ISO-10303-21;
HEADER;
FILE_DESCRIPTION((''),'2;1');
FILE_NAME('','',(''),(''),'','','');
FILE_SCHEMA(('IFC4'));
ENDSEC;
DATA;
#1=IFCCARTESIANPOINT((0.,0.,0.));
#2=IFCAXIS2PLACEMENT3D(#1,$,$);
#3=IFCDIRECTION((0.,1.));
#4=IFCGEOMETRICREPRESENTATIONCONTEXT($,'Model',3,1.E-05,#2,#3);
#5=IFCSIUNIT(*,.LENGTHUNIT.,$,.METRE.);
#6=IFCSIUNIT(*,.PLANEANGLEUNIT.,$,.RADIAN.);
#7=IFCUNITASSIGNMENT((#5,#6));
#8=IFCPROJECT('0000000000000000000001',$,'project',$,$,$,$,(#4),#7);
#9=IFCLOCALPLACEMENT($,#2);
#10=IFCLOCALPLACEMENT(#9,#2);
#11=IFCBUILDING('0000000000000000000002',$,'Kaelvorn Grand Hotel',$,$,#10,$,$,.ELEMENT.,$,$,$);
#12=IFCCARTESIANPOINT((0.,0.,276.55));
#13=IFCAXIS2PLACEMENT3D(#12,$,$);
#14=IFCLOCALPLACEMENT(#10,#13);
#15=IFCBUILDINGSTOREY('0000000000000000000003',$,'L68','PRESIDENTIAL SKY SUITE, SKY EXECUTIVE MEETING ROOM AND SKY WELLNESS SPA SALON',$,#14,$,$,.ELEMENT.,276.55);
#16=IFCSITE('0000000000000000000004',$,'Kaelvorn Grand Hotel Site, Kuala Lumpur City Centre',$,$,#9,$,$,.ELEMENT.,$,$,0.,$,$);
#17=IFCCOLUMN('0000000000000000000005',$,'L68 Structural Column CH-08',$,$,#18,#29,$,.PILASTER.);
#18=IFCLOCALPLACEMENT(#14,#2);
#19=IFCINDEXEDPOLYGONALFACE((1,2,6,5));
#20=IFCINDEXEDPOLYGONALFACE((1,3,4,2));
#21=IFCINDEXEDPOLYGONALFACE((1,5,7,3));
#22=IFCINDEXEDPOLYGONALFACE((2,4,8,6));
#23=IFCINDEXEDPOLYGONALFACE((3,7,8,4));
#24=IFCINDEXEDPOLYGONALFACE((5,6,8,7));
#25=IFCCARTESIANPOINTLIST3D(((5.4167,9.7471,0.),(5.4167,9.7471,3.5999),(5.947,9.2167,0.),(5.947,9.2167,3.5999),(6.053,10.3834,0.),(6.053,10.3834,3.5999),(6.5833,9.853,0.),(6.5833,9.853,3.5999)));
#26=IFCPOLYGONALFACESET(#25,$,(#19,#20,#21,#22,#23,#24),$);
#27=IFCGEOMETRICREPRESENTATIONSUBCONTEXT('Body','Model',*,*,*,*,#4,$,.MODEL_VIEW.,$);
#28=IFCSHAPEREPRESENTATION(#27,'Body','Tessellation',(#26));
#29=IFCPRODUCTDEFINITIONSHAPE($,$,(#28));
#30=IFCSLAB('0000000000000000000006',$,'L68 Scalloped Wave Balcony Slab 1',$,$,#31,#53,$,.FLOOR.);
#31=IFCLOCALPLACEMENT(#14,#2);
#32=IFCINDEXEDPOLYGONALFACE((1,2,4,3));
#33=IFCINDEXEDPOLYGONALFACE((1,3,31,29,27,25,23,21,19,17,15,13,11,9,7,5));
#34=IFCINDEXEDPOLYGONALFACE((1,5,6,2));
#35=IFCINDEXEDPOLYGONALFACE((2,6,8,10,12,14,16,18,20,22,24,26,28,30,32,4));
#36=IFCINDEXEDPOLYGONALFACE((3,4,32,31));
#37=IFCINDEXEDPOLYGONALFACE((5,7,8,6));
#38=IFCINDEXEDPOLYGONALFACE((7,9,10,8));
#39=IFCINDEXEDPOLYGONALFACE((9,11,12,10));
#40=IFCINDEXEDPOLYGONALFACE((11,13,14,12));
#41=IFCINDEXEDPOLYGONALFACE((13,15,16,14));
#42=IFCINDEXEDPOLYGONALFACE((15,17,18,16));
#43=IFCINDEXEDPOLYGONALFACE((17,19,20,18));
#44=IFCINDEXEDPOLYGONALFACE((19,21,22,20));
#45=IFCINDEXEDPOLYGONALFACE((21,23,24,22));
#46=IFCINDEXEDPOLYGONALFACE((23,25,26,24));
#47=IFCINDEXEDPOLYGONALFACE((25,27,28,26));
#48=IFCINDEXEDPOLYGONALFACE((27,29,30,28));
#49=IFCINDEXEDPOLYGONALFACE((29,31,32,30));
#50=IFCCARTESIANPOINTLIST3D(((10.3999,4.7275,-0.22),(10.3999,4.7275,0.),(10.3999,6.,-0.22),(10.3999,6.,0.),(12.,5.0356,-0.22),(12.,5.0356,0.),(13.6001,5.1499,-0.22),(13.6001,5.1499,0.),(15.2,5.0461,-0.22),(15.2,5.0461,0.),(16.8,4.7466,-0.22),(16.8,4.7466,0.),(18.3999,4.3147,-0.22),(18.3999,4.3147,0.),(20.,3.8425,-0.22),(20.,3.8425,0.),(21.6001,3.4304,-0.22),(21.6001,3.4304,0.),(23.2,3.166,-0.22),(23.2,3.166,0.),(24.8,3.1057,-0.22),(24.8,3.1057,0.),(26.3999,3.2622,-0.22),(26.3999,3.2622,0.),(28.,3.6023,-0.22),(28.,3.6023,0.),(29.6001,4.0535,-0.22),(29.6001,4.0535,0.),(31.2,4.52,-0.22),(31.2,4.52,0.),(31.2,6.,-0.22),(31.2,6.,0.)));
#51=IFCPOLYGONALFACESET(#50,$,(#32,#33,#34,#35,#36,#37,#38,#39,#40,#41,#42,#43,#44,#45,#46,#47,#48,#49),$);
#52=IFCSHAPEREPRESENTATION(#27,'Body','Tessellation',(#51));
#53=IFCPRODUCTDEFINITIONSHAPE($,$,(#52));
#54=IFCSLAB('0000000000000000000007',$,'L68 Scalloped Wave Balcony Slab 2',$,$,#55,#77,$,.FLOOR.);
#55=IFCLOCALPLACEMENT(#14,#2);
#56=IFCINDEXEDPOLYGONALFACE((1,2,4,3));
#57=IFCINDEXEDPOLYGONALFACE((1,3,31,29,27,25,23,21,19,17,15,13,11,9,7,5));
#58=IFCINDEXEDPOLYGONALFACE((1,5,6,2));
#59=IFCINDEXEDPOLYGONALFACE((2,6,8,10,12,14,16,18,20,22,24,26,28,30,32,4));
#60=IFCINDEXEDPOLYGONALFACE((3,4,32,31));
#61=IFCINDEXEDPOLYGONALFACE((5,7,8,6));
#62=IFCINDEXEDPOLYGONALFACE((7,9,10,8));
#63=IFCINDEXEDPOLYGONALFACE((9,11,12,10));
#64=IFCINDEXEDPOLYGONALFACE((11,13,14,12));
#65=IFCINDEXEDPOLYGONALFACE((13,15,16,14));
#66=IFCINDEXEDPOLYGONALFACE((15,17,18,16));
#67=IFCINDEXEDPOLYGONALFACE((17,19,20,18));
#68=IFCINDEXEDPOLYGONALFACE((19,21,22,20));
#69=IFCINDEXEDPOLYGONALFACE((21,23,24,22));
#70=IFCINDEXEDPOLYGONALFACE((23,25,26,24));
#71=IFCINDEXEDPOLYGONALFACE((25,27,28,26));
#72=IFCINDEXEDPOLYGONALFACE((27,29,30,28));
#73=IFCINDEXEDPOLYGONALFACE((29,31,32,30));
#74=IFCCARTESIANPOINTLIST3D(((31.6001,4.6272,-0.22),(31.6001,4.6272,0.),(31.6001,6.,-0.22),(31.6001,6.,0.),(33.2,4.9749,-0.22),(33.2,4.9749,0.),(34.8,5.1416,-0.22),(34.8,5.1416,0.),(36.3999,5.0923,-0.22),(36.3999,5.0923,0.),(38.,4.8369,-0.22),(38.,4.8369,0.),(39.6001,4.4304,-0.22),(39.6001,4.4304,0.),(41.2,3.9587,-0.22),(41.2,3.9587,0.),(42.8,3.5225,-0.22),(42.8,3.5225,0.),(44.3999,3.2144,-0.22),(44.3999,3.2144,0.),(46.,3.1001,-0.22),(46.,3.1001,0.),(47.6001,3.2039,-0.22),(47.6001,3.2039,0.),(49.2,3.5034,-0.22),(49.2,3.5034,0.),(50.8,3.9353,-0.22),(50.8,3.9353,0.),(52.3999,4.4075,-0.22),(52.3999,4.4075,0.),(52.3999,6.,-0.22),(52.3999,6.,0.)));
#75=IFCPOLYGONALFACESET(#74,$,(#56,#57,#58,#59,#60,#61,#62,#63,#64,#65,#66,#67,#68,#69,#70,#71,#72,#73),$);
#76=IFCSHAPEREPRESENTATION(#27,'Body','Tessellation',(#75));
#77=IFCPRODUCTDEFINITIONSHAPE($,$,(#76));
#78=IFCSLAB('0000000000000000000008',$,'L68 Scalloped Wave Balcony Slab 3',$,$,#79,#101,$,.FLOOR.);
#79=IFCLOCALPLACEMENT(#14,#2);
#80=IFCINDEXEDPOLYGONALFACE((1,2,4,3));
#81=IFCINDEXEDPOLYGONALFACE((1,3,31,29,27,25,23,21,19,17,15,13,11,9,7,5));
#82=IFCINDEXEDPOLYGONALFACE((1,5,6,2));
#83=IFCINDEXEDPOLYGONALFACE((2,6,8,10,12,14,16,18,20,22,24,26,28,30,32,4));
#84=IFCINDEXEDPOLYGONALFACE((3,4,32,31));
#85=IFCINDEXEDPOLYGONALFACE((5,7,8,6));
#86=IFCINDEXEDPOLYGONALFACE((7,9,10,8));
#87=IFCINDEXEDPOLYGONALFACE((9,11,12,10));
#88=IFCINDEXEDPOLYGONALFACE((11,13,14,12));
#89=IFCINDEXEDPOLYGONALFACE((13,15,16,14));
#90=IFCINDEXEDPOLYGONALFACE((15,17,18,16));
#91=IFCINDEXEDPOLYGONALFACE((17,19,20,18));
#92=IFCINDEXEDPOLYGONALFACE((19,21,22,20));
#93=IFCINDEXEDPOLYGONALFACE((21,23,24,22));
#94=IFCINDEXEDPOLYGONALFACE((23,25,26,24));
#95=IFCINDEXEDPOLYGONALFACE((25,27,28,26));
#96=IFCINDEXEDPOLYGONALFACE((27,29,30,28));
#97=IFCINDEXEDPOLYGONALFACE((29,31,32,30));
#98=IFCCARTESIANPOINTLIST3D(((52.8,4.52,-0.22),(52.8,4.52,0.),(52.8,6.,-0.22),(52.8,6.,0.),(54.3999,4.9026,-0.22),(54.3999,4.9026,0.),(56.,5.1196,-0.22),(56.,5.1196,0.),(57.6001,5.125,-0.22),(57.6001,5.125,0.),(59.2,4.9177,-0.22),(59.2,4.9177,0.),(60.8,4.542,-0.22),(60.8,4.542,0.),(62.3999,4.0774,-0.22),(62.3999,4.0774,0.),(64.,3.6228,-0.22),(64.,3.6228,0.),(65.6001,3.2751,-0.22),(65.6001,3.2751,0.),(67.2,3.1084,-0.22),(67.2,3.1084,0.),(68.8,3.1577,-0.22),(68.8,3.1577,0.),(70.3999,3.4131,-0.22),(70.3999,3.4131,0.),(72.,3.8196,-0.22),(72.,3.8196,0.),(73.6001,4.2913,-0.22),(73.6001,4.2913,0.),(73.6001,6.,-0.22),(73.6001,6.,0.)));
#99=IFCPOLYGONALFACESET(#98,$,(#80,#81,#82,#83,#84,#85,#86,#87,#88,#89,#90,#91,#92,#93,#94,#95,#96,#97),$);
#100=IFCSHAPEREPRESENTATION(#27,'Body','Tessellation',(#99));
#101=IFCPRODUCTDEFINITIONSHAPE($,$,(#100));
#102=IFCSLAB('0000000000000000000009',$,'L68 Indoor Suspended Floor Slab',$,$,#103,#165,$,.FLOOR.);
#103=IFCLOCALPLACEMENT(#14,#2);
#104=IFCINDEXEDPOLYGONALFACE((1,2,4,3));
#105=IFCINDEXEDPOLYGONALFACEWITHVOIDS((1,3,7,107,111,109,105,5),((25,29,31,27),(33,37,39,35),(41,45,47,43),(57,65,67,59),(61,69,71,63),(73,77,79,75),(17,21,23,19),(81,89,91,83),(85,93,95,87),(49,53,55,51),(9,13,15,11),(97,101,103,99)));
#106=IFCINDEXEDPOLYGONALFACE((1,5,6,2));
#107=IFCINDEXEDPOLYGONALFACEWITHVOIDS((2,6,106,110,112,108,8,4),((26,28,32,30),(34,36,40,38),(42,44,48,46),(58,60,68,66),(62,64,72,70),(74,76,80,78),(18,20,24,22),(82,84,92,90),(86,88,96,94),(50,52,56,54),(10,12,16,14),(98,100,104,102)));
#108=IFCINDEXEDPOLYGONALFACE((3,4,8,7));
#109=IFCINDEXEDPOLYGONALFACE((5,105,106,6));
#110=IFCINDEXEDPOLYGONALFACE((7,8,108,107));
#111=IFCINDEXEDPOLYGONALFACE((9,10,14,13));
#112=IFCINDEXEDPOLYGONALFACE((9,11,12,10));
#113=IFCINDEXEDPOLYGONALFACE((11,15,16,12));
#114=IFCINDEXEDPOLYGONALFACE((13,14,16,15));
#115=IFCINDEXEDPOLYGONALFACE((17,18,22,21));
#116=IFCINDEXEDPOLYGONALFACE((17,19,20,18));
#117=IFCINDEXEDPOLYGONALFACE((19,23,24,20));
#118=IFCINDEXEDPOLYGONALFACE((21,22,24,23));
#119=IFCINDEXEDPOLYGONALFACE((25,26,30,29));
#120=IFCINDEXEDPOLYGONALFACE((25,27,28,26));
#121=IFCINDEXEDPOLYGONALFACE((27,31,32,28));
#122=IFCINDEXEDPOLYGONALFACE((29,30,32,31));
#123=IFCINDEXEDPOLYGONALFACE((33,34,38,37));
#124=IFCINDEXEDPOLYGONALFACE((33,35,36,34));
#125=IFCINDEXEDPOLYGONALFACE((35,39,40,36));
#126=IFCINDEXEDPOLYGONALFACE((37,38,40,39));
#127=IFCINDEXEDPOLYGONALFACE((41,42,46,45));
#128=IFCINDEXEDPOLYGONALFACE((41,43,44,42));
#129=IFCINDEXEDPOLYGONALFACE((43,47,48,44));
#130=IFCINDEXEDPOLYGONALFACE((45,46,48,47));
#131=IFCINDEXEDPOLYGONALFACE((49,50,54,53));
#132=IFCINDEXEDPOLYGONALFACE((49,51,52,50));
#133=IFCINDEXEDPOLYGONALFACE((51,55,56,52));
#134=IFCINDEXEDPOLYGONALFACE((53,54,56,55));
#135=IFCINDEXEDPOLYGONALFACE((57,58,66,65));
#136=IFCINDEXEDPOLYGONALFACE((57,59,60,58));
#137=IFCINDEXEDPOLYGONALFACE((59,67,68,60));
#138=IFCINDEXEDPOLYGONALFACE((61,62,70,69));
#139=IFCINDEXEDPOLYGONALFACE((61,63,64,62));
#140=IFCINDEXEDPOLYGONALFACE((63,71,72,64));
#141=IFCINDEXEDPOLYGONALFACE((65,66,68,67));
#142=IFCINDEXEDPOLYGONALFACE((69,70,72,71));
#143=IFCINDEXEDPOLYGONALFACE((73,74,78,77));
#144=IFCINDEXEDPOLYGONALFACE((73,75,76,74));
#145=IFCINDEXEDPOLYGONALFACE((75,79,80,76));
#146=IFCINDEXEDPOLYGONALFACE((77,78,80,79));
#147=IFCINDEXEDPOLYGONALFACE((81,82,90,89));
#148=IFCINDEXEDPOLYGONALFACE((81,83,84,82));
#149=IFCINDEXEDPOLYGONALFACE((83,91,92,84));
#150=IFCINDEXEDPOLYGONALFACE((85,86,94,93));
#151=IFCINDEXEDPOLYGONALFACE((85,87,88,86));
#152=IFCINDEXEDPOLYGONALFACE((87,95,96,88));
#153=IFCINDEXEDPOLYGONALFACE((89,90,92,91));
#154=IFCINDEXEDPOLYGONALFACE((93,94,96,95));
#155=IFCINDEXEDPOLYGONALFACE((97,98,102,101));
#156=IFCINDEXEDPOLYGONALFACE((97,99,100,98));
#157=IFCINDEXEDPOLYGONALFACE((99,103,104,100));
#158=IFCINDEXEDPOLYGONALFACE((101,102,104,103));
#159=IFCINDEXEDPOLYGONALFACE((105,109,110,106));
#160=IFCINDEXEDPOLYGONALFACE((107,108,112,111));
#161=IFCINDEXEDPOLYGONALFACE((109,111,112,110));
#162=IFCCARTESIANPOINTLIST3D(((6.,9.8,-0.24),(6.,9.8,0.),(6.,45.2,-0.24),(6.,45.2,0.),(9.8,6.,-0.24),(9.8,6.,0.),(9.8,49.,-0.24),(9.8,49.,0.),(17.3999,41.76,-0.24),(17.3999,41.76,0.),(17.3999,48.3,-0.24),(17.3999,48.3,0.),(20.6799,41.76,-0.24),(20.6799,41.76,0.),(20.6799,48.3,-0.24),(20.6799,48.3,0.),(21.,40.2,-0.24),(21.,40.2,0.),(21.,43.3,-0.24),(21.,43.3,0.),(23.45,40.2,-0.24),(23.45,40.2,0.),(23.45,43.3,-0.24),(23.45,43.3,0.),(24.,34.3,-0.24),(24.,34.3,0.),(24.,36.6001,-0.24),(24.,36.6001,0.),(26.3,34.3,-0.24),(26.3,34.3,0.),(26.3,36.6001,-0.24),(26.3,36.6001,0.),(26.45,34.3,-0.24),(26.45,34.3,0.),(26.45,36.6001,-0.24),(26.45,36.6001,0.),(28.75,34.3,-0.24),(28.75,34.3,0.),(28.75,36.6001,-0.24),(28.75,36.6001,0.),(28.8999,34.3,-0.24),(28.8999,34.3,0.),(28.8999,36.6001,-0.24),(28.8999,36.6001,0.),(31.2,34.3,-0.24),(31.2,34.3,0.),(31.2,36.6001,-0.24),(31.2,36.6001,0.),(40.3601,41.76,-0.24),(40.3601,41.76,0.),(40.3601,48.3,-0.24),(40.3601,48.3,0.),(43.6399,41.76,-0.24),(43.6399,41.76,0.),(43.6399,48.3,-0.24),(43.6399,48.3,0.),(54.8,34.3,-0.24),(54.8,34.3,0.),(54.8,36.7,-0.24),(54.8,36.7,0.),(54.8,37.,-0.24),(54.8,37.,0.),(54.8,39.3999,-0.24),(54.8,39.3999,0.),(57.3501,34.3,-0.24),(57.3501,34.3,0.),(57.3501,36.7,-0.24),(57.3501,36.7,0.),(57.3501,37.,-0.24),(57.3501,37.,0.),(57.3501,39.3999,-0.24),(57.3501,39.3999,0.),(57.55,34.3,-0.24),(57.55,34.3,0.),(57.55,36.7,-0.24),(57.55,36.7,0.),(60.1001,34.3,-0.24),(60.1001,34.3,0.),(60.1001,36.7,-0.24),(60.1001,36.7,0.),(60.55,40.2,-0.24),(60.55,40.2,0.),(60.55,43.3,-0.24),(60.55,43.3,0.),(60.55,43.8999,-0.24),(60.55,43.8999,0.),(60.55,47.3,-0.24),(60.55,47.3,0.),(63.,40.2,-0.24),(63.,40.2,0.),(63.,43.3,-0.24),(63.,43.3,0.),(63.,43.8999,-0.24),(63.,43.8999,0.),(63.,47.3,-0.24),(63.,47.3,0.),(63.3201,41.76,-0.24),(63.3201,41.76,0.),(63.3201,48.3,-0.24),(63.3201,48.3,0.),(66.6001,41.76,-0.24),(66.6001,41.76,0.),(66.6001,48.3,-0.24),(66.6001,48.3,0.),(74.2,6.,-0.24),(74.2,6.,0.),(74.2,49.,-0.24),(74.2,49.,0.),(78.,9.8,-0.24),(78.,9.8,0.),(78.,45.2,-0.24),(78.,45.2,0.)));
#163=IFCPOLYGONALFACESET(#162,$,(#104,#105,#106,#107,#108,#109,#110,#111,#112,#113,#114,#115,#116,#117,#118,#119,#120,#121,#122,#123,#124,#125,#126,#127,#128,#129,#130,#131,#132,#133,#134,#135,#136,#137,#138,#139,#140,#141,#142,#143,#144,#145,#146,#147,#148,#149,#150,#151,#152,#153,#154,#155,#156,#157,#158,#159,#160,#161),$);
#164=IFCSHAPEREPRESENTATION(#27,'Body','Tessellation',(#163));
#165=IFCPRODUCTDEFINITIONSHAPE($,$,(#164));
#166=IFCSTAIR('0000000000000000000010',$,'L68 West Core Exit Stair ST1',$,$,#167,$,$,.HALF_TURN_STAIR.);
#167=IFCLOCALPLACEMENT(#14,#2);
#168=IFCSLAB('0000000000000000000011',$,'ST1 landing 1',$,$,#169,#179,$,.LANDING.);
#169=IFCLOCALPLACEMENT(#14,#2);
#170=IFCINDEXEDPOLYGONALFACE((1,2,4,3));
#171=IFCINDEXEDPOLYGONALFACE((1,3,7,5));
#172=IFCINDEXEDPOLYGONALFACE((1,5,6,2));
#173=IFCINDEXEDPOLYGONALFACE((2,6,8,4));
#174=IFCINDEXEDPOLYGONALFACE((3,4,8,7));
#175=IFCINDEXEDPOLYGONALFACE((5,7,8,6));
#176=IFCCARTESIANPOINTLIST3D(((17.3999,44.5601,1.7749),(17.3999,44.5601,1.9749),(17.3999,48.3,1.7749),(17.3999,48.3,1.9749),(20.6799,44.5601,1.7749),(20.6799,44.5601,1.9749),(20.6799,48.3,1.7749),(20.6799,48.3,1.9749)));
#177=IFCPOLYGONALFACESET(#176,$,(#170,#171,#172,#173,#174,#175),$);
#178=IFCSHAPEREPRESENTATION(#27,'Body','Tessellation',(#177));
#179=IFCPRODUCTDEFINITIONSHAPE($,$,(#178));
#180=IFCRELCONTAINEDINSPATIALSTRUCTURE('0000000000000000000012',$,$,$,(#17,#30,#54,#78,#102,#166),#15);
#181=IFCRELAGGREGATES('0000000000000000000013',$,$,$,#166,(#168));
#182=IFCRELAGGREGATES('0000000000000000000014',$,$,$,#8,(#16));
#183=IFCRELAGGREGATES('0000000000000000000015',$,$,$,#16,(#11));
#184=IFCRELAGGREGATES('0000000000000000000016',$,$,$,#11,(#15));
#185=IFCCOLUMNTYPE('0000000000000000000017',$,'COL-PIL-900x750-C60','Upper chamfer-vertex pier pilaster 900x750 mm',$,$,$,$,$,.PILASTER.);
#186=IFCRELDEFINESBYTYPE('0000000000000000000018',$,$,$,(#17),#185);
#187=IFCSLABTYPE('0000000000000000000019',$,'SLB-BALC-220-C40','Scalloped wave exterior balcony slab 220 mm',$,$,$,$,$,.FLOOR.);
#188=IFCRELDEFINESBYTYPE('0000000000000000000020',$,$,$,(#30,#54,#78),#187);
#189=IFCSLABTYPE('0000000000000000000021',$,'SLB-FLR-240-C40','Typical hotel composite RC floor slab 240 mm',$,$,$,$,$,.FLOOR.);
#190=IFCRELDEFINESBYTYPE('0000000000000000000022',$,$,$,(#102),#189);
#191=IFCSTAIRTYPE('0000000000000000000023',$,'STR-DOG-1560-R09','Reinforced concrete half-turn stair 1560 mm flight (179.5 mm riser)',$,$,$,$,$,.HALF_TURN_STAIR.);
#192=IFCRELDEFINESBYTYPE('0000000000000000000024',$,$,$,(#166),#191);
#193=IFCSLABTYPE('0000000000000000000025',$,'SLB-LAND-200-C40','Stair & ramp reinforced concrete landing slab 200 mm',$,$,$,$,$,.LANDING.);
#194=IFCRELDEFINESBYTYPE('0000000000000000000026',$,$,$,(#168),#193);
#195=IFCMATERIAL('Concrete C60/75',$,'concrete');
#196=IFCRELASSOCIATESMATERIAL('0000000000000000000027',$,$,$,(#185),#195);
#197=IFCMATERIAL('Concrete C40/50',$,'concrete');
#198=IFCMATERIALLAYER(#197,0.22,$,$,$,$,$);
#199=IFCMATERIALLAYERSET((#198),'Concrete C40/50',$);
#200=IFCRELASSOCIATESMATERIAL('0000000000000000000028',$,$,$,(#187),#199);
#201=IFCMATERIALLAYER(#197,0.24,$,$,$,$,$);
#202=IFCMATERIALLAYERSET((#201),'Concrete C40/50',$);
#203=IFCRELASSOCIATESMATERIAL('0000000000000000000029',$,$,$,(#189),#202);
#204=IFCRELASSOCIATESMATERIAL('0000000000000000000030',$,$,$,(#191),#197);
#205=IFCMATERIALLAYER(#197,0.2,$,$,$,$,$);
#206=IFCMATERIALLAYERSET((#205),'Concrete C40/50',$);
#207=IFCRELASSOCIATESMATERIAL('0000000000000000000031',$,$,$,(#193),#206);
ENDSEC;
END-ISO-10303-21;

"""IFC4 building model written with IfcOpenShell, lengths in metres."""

from ifc_helpers import new_model, si_unit, direction, frame, origin, origin_2d, place, context, subcontext, project, spatial, polyline, rectangle, outline, extrude, material, layer, layer_set, material_profile, profile_set, type_object, element, aggregate, save


model = new_model("IFC4")

# Units and contexts
model_context = context("Model", 3, precision=1e-05, world=origin(), true_north=direction((0.0, 1.0)))
body_context = subcontext(model_context, "Body", "Model", "MODEL_VIEW")
ifc_project = project(units=[si_unit("LENGTHUNIT", "METRE"), si_unit("PLANEANGLEUNIT", "RADIAN")], contexts=[model_context])

# Site, building, storey
site_placement = place(None, origin())
site = spatial("IfcSite", under=ifc_project, at=site_placement, Name="Kaelvorn Grand Hotel Site, Kuala Lumpur City Centre", CompositionType="ELEMENT", RefElevation=0.0)
building_placement = place(site_placement, origin())
building = spatial("IfcBuilding", under=site, at=building_placement, Name="Kaelvorn Grand Hotel", CompositionType="ELEMENT")
storey_placement = place(building_placement, frame((0.0, 0.0, 276.55)))
storey = spatial("IfcBuildingStorey", under=building, at=storey_placement, Name="L68", Description="PRESIDENTIAL SKY SUITE, SKY EXECUTIVE MEETING ROOM AND SKY WELLNESS SPA SALON", CompositionType="ELEMENT", Elevation=276.55)

# Column
ifc_material_1 = material(Name="Concrete C60/75", Category="concrete")
ifc_material_profile = material_profile(ifc_material_1, rectangle(XDim=0.8999, YDim=0.75, at=origin_2d()), Name="RC PILASTER 900x750")
ifc_profile_set = profile_set([ifc_material_profile], Name="Concrete C60/75")
column_type = type_object("IfcColumnType", Name="COL-PIL-900x750-C60", Description="Upper chamfer-vertex pier pilaster 900x750 mm", PredefinedType="PILASTER", material=ifc_profile_set)
column_placement = place(storey_placement, frame((6.0, 9.8, 0.0), z_axis=(0.0, 0.0, 1.0), x_axis=(0.707107, 0.707107, 0.0)))
element("IfcColumn", 1, at=column_placement, inside=storey, type_object=column_type, Name="L68 Structural Column CH-08", PredefinedType="PILASTER", context=body_context, shape_type="SweptSolid", body=[
    extrude(rectangle(XDim=0.8999, YDim=0.75, at=origin_2d()), origin(), (0.0, 0.0, 1.0), 3.5999),
])

# Slabs
ifc_material_2 = material(Name="Concrete C40/50", Category="concrete")
ifc_layer_1 = layer(ifc_material_2, 0.22)
ifc_layer_set_1 = layer_set([ifc_layer_1], Name="Concrete C40/50")
slab_type_1 = type_object("IfcSlabType", Name="SLB-BALC-220-C40", Description="Scalloped wave exterior balcony slab 220 mm", PredefinedType="FLOOR", material=ifc_layer_set_1)
slab_1_placement = place(storey_placement, frame((0.0, 0.0, -0.22)))
element("IfcSlab", 2, at=slab_1_placement, inside=storey, type_object=slab_type_1, Name="L68 Scalloped Wave Balcony Slab 1", PredefinedType="FLOOR", context=body_context, shape_type="SweptSolid", body=[
    extrude(outline(polyline([(10.3999, 4.7275), (12.0, 5.0356), (13.6001, 5.1499), (15.2, 5.0461), (16.8, 4.7466), (18.3999, 4.3147), (20.0, 3.8425), (21.6001, 3.4304), (23.2, 3.166), (24.8, 3.1057), (26.3999, 3.2622), (28.0, 3.6023), (29.6001, 4.0535), (31.2, 4.52), (31.2, 6.0), (10.3999, 6.0), (10.3999, 4.7275)])), origin(), (0.0, 0.0, 1.0), 0.22),
])
slab_2_placement = place(storey_placement, frame((0.0, 0.0, -0.22)))
element("IfcSlab", 3, at=slab_2_placement, inside=storey, type_object=slab_type_1, Name="L68 Scalloped Wave Balcony Slab 2", PredefinedType="FLOOR", context=body_context, shape_type="SweptSolid", body=[
    extrude(outline(polyline([(31.6001, 4.6272), (33.2, 4.9749), (34.8, 5.1416), (36.3999, 5.0923), (38.0, 4.8369), (39.6001, 4.4304), (41.2, 3.9587), (42.8, 3.5225), (44.3999, 3.2144), (46.0, 3.1001), (47.6001, 3.2039), (49.2, 3.5034), (50.8, 3.9353), (52.3999, 4.4075), (52.3999, 6.0), (31.6001, 6.0), (31.6001, 4.6272)])), origin(), (0.0, 0.0, 1.0), 0.22),
])
slab_3_placement = place(storey_placement, frame((0.0, 0.0, -0.22)))
element("IfcSlab", 4, at=slab_3_placement, inside=storey, type_object=slab_type_1, Name="L68 Scalloped Wave Balcony Slab 3", PredefinedType="FLOOR", context=body_context, shape_type="SweptSolid", body=[
    extrude(outline(polyline([(52.8, 4.52), (54.3999, 4.9026), (56.0, 5.1196), (57.6001, 5.125), (59.2, 4.9177), (60.8, 4.542), (62.3999, 4.0774), (64.0, 3.6228), (65.6001, 3.2751), (67.2, 3.1084), (68.8, 3.1577), (70.3999, 3.4131), (72.0, 3.8196), (73.6001, 4.2913), (73.6001, 6.0), (52.8, 6.0), (52.8, 4.52)])), origin(), (0.0, 0.0, 1.0), 0.22),
])
ifc_layer_2 = layer(ifc_material_2, 0.24)
ifc_layer_set_2 = layer_set([ifc_layer_2], Name="Concrete C40/50")
slab_type_2 = type_object("IfcSlabType", Name="SLB-FLR-240-C40", Description="Typical hotel composite RC floor slab 240 mm", PredefinedType="FLOOR", material=ifc_layer_set_2)
slab_4_placement = place(storey_placement, frame((0.0, 0.0, -0.24)))
element("IfcSlab", 5, at=slab_4_placement, inside=storey, type_object=slab_type_2, Name="L68 Indoor Suspended Floor Slab", PredefinedType="FLOOR", context=body_context, shape_type="SweptSolid", body=[
    extrude(outline(polyline([(9.8, 6.0), (74.2, 6.0), (78.0, 9.8), (78.0, 45.2), (74.2, 49.0), (9.8, 49.0), (6.0, 45.2), (6.0, 9.8), (9.8, 6.0)]), holes=[polyline([(17.3999, 41.76), (17.3999, 48.3), (20.6799, 48.3), (20.6799, 41.76), (17.3999, 41.76)]), polyline([(40.3601, 41.76), (40.3601, 48.3), (43.6399, 48.3), (43.6399, 41.76), (40.3601, 41.76)]), polyline([(63.3201, 41.76), (63.3201, 48.3), (66.6001, 48.3), (66.6001, 41.76), (63.3201, 41.76)]), polyline([(24.0, 34.3), (24.0, 36.6001), (26.3, 36.6001), (26.3, 34.3), (24.0, 34.3)]), polyline([(26.45, 34.3), (26.45, 36.6001), (28.75, 36.6001), (28.75, 34.3), (26.45, 34.3)]), polyline([(28.8999, 34.3), (28.8999, 36.6001), (31.2, 36.6001), (31.2, 34.3), (28.8999, 34.3)]), polyline([(54.8, 34.3), (54.8, 36.7), (57.3501, 36.7), (57.3501, 34.3), (54.8, 34.3)]), polyline([(57.55, 34.3), (57.55, 36.7), (60.1001, 36.7), (60.1001, 34.3), (57.55, 34.3)]), polyline([(54.8, 37.0), (54.8, 39.3999), (57.3501, 39.3999), (57.3501, 37.0), (54.8, 37.0)]), polyline([(21.0, 40.2), (21.0, 43.3), (23.45, 43.3), (23.45, 40.2), (21.0, 40.2)]), polyline([(60.55, 40.2), (60.55, 43.3), (63.0, 43.3), (63.0, 40.2), (60.55, 40.2)]), polyline([(60.55, 43.8999), (60.55, 47.3), (63.0, 47.3), (63.0, 43.8999), (60.55, 43.8999)])]), origin(), (0.0, 0.0, 1.0), 0.24),
])

# Stair, slab
stair_type = type_object("IfcStairType", Name="STR-DOG-1560-R09", Description="Reinforced concrete half-turn stair 1560 mm flight (179.5 mm riser)", PredefinedType="HALF_TURN_STAIR", material=ifc_material_2)
stair_1_placement = place(storey_placement, origin())
stair_1 = element("IfcStair", 6, at=stair_1_placement, inside=storey, type_object=stair_type, Name="L68 West Core Exit Stair ST1", PredefinedType="HALF_TURN_STAIR")
ifc_layer_3 = layer(ifc_material_2, 0.2)
ifc_layer_set_3 = layer_set([ifc_layer_3], Name="Concrete C40/50")
slab_type_3 = type_object("IfcSlabType", Name="SLB-LAND-200-C40", Description="Stair & ramp reinforced concrete landing slab 200 mm", PredefinedType="LANDING", material=ifc_layer_set_3)
slab_5_placement = place(storey_placement, frame((0.0, 0.0, 1.7749)))
slab_5 = element("IfcSlab", 7, at=slab_5_placement, type_object=slab_type_3, Name="ST1 landing 1", PredefinedType="LANDING", context=body_context, shape_type="SweptSolid", body=[
    extrude(outline(polyline([(20.6799, 44.5601), (20.6799, 48.3), (17.3999, 48.3), (17.3999, 44.5601), (20.6799, 44.5601)])), origin(), (0.0, 0.0, 1.0), 0.2),
])
aggregate(stair_1, [slab_5])

save(model, "model.ifc")
